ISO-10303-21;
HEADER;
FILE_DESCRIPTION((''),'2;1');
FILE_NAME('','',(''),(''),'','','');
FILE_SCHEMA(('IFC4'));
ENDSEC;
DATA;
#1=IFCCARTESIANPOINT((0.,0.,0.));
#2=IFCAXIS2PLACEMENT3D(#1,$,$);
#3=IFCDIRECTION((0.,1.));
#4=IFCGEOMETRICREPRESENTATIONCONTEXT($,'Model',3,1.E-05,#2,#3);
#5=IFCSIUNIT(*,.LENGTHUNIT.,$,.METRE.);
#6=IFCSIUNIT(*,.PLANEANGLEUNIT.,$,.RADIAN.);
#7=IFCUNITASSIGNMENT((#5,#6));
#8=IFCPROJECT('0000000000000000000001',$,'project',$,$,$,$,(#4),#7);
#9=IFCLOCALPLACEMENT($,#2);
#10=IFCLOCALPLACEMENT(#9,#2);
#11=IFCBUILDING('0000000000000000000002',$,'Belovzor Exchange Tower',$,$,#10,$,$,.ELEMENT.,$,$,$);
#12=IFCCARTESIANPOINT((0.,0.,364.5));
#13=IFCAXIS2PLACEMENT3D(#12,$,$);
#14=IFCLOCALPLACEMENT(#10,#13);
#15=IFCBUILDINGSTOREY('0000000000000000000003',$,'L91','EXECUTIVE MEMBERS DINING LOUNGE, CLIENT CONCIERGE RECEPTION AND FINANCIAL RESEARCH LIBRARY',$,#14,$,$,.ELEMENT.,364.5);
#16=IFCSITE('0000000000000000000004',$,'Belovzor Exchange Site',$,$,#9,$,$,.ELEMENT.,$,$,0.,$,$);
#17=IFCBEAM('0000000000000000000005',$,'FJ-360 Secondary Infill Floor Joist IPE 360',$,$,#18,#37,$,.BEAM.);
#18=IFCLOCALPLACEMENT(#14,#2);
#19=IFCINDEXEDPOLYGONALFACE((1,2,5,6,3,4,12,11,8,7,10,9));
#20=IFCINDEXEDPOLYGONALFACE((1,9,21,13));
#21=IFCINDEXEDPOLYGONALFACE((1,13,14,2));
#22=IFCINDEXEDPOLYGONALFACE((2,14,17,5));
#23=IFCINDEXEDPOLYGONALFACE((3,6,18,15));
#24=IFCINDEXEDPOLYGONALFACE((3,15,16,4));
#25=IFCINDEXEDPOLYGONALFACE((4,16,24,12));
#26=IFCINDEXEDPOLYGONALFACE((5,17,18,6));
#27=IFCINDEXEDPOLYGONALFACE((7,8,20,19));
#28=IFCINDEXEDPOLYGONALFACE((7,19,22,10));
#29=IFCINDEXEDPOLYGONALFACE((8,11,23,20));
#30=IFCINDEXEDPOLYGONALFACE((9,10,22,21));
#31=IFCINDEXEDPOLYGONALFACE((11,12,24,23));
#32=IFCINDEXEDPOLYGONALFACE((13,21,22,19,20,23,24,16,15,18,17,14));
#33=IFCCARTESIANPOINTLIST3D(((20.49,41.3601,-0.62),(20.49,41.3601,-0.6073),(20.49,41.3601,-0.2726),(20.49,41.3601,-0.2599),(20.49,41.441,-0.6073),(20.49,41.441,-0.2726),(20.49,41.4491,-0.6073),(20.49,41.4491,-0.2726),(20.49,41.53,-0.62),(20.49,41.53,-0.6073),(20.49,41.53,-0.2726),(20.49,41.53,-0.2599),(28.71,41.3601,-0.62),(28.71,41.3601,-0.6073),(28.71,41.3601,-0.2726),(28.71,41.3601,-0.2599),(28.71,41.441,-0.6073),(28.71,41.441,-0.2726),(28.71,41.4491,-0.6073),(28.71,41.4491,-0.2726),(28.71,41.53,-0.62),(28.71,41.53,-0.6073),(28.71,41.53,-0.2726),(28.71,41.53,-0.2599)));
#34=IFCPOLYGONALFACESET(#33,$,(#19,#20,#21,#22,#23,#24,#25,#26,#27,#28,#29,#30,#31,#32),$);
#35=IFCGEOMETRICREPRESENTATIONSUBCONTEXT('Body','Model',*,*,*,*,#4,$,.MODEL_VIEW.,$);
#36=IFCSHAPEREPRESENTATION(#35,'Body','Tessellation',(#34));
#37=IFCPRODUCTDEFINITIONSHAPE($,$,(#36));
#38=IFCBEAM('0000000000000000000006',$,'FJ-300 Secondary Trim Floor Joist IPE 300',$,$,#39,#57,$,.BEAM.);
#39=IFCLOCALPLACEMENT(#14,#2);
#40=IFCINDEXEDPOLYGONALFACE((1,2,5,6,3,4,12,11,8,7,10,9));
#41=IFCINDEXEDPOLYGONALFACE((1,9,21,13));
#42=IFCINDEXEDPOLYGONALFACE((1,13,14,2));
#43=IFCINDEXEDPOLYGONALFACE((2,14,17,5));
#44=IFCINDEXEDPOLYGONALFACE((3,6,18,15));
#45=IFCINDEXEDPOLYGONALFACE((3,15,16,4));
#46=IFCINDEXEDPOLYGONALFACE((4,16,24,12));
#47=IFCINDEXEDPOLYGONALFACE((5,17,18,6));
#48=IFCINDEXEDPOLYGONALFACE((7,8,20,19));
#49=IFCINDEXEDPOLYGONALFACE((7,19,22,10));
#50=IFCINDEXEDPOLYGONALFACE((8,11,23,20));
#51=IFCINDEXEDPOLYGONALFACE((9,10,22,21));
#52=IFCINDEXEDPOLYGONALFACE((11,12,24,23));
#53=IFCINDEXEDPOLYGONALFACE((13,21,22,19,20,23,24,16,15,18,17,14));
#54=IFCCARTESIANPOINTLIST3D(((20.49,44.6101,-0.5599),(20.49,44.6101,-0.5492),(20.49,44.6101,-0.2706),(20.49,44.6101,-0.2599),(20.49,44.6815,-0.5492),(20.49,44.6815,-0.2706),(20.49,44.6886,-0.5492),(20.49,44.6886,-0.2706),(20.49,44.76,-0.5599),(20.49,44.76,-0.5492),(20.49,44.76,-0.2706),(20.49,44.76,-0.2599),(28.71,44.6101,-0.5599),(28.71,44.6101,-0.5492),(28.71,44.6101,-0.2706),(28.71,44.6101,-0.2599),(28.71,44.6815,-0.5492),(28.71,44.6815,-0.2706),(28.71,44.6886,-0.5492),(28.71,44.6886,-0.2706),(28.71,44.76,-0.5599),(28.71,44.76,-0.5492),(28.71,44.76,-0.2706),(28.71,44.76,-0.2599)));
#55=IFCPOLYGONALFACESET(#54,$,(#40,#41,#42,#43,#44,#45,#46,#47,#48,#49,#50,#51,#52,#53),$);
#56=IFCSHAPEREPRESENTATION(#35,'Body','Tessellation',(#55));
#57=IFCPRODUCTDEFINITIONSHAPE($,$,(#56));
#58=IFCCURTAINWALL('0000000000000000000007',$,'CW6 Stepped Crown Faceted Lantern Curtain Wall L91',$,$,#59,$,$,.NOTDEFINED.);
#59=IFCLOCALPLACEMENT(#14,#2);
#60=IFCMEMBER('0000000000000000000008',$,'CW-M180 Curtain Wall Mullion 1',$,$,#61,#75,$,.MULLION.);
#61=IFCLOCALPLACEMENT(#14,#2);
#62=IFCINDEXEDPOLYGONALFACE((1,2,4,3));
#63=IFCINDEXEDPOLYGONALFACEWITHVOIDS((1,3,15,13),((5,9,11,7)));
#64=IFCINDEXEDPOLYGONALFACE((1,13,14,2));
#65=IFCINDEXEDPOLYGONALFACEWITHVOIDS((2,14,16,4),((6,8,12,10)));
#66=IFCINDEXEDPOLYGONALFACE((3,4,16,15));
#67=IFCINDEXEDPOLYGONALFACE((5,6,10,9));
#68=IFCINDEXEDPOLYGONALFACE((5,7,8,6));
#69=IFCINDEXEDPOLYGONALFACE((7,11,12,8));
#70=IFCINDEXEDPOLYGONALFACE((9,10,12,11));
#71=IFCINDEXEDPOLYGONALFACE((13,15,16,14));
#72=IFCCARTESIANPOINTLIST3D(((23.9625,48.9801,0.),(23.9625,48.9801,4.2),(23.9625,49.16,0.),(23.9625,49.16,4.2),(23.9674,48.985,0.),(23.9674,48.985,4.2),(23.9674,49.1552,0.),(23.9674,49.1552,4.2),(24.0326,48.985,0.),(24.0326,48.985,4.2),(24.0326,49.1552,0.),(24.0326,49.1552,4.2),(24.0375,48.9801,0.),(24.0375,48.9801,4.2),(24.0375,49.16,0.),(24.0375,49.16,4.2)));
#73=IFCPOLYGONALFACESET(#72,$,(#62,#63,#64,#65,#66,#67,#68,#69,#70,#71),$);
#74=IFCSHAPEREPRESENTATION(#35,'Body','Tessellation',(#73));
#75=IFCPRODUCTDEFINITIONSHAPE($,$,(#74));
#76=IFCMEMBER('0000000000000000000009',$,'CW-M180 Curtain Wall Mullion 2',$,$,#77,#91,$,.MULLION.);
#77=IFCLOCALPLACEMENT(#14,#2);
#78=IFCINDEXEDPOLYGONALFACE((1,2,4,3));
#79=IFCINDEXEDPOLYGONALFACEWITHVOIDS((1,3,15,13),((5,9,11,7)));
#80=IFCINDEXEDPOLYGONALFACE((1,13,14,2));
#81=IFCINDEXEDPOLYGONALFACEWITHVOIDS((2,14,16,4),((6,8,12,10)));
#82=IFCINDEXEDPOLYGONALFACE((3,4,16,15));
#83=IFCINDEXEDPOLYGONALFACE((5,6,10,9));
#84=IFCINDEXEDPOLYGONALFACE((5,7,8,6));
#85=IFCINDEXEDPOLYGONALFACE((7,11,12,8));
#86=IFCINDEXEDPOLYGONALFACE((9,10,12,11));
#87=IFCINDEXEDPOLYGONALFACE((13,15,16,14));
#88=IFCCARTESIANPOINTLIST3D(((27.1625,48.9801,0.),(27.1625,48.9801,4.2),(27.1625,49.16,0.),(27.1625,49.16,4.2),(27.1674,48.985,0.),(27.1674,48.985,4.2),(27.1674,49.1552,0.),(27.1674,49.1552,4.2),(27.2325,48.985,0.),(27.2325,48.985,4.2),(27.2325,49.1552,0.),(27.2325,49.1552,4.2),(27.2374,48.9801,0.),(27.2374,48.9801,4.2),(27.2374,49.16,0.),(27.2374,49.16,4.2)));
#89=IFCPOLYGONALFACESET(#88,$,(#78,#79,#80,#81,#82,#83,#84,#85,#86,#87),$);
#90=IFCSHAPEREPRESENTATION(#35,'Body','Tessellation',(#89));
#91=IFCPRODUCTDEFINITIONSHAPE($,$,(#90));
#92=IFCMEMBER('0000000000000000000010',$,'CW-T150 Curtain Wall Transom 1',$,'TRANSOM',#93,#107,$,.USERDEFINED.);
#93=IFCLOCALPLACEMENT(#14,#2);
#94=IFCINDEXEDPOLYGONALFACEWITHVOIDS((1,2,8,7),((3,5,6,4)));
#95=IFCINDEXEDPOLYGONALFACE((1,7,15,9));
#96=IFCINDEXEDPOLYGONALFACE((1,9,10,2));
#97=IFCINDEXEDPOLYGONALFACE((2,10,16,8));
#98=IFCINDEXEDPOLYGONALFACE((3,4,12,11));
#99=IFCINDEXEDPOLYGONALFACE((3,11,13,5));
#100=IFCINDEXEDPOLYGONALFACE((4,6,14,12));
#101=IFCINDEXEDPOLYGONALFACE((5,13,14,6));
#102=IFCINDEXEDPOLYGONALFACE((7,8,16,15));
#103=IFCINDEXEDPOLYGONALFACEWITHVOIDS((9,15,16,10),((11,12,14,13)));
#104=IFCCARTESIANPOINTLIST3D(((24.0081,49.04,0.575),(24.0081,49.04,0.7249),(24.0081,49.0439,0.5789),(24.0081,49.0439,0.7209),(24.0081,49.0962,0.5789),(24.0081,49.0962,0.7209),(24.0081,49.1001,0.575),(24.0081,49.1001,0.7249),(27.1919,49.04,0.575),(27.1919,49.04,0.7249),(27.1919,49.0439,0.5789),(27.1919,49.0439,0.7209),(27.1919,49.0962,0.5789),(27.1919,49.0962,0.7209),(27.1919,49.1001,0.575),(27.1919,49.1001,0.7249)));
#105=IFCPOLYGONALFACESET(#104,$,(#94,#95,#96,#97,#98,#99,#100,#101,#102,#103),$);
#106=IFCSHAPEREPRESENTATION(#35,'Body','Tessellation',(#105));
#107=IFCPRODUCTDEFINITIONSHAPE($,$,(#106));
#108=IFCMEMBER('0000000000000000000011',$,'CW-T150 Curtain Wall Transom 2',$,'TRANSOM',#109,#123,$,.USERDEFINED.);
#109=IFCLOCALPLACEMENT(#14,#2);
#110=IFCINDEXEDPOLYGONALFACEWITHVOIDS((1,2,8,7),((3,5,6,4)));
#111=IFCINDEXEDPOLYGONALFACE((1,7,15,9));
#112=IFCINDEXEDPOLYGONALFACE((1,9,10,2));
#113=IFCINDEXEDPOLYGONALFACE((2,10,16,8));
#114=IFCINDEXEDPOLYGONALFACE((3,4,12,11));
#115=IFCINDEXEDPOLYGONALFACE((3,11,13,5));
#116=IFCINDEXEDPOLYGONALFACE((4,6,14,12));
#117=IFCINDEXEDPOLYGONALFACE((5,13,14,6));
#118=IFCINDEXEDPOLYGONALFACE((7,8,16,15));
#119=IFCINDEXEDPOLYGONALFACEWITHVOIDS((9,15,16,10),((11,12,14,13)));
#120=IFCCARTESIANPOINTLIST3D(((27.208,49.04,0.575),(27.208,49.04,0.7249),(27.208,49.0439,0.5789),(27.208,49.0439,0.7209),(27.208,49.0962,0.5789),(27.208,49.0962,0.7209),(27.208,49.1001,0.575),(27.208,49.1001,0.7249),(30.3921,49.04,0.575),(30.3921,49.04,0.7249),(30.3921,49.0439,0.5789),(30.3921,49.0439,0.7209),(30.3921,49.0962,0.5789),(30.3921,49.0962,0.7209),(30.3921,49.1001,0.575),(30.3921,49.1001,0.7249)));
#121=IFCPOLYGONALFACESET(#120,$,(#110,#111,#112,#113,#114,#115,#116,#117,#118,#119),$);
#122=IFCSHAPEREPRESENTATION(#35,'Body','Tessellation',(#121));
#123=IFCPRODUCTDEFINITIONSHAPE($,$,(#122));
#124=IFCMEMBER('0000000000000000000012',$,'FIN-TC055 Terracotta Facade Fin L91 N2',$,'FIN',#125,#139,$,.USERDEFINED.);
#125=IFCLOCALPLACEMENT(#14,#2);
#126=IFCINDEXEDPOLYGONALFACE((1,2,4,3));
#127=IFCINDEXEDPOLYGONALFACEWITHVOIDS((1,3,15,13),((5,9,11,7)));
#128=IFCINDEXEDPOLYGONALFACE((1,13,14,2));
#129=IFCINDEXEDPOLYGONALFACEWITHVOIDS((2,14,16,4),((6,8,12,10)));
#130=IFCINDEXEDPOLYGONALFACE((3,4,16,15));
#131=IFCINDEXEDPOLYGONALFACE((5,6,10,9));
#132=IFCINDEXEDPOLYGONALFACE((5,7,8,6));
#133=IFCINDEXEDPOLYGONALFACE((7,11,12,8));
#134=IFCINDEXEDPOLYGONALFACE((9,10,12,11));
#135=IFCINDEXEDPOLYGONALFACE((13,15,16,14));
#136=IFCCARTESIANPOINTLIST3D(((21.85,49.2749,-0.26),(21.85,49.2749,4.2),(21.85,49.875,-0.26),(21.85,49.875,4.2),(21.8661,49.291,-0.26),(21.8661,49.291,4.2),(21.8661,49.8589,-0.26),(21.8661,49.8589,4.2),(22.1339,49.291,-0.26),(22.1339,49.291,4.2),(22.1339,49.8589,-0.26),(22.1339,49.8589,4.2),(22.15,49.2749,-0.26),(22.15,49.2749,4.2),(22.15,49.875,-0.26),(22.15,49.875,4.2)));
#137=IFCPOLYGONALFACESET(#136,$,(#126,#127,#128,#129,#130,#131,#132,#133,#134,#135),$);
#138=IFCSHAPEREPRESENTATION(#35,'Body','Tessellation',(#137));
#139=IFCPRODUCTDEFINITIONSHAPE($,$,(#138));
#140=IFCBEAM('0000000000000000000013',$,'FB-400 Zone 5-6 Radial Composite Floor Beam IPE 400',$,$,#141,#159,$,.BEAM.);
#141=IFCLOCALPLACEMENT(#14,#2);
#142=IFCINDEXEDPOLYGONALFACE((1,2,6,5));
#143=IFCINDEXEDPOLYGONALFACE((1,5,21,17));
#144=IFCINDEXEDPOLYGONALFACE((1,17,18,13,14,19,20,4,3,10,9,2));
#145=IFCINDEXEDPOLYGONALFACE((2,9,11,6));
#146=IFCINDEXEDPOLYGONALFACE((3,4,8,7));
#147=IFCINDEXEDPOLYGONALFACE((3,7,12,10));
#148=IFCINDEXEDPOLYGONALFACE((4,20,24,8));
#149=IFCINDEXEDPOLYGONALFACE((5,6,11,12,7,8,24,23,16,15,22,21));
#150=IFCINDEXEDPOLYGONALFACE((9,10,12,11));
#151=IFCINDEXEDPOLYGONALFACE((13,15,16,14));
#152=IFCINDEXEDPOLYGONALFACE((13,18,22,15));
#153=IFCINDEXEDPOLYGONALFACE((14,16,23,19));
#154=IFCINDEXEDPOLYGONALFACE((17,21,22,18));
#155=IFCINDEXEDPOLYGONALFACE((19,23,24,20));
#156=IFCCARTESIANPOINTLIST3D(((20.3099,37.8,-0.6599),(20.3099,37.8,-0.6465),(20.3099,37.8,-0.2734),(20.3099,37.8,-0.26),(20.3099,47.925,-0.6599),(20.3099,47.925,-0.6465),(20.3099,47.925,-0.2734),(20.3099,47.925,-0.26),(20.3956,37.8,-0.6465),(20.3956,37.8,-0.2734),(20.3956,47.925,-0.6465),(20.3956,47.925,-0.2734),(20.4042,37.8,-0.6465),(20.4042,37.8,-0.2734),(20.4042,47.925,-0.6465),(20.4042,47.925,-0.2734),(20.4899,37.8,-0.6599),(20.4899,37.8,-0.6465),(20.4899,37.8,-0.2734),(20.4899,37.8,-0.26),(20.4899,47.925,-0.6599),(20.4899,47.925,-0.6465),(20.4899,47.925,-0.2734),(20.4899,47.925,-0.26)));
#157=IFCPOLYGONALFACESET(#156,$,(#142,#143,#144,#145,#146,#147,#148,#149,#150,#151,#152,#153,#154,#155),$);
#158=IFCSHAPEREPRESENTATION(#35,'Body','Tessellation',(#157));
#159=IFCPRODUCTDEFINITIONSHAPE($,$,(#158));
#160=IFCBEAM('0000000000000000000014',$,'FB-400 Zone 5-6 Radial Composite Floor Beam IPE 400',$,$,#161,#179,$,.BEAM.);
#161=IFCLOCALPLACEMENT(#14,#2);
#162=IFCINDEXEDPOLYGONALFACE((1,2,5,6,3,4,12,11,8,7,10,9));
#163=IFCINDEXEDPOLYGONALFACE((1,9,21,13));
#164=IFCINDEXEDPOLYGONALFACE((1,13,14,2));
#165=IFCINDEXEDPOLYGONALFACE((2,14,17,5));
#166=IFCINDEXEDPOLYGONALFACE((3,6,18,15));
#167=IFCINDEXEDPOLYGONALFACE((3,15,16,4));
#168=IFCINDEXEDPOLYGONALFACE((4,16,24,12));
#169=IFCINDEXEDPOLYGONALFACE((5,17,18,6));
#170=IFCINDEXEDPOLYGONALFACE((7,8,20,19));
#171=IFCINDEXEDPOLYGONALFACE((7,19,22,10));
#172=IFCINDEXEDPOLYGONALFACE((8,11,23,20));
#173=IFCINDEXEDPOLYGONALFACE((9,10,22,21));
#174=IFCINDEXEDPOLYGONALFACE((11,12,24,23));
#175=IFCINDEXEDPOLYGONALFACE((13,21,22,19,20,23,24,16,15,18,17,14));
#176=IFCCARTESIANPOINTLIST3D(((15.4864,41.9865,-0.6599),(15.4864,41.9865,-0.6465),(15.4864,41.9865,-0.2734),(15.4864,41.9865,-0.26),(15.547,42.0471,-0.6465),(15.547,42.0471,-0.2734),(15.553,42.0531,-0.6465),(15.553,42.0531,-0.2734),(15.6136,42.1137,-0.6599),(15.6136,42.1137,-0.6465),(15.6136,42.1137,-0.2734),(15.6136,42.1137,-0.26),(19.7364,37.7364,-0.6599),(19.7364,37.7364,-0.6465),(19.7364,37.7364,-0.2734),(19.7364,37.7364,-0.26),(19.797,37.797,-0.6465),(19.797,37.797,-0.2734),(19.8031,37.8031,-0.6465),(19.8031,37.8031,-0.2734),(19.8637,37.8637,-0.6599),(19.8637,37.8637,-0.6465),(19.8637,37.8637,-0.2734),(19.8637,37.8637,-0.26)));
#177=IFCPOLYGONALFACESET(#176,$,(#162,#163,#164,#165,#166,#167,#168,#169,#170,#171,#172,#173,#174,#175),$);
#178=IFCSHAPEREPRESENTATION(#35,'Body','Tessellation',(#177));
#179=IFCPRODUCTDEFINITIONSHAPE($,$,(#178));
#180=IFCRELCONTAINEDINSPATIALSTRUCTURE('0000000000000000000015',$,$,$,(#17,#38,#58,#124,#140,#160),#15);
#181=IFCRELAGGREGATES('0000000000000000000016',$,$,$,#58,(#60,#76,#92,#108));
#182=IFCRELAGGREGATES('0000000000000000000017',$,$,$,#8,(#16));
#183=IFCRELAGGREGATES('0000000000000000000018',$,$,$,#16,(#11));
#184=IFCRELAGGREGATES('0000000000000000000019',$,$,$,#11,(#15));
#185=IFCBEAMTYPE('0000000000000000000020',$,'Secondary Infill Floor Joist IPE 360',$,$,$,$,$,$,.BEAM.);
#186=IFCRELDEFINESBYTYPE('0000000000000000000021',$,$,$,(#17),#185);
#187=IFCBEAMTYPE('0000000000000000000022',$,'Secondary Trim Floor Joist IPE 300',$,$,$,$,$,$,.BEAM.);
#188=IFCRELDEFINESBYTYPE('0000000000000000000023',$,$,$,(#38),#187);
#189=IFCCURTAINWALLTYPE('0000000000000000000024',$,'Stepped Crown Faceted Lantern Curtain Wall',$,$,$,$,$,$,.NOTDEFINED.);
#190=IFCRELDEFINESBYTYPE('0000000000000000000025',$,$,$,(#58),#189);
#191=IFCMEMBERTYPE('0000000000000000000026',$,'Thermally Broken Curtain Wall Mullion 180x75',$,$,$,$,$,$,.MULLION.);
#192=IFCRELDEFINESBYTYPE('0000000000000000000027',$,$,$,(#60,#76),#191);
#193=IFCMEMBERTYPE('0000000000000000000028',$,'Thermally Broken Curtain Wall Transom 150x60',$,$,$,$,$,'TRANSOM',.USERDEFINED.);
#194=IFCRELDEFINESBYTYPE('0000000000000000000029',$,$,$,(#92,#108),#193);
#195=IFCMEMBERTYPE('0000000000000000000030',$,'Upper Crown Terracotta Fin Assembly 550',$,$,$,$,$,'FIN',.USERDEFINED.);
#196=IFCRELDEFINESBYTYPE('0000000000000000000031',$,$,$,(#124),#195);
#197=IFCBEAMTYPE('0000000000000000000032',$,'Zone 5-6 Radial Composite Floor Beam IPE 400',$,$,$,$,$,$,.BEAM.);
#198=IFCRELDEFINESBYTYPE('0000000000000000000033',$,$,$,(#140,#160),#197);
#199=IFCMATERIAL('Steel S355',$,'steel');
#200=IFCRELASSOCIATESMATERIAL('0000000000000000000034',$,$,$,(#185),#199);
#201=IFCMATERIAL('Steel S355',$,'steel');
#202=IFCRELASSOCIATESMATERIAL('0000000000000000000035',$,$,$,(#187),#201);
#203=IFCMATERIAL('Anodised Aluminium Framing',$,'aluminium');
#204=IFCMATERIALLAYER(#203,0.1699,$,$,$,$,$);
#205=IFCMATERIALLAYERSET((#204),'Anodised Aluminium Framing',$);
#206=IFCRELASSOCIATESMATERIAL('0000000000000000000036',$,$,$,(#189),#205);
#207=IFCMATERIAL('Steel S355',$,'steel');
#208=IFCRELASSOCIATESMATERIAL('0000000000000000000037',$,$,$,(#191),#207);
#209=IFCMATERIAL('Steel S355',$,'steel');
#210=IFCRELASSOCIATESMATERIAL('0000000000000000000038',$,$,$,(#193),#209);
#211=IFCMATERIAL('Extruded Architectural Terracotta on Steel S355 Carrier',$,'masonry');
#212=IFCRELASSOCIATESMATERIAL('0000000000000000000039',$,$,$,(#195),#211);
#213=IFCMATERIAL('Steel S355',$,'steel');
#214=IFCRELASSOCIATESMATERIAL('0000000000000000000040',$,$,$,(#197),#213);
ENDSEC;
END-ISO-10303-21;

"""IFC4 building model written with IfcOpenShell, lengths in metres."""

from ifc_helpers import new_model, si_unit, direction, frame, origin, origin_2d, place, context, subcontext, project, spatial, hollow_rectangle, i_section, extrude, material, layer, layer_set, material_profile, profile_set, type_object, element, aggregate, save


model = new_model("IFC4")

# Units and contexts
model_context = context("Model", 3, precision=1e-05, world=origin(), true_north=direction((0.0, 1.0)))
body_context = subcontext(model_context, "Body", "Model", "MODEL_VIEW")
ifc_project = project(units=[si_unit("LENGTHUNIT", "METRE"), si_unit("PLANEANGLEUNIT", "RADIAN")], contexts=[model_context])

# Site, building, storey
site_placement = place(None, origin())
site = spatial("IfcSite", under=ifc_project, at=site_placement, Name="Belovzor Exchange Site", CompositionType="ELEMENT", RefElevation=0.0)
building_placement = place(site_placement, origin())
building = spatial("IfcBuilding", under=site, at=building_placement, Name="Belovzor Exchange Tower", CompositionType="ELEMENT")
storey_placement = place(building_placement, frame((0.0, 0.0, 364.5)))
storey = spatial("IfcBuildingStorey", under=building, at=storey_placement, Name="L91", Description="EXECUTIVE MEMBERS DINING LOUNGE, CLIENT CONCIERGE RECEPTION AND FINANCIAL RESEARCH LIBRARY", CompositionType="ELEMENT", Elevation=364.5)

# Beams
ifc_material_1 = material(Name="Steel S355", Category="steel")
ifc_material_profile_1 = material_profile(ifc_material_1, i_section(OverallWidth=0.1699, OverallDepth=0.3601, WebThickness=0.0081, FlangeThickness=0.0127, at=origin_2d()))
ifc_profile_set_1 = profile_set([ifc_material_profile_1], Name="Steel S355")
beam_type_1 = type_object("IfcBeamType", Name="Secondary Infill Floor Joist IPE 360", PredefinedType="BEAM", material=ifc_profile_set_1)
beam_1_placement = place(storey_placement, frame((20.49, 41.4451, -0.4399), z_axis=(1.0, 0.0, 0.0), x_axis=(0.0, 1.0, 0.0)))
element("IfcBeam", 1, at=beam_1_placement, inside=storey, type_object=beam_type_1, Name="FJ-360 Secondary Infill Floor Joist IPE 360", PredefinedType="BEAM", context=body_context, shape_type="SweptSolid", body=[
    extrude(i_section(OverallWidth=0.1699, OverallDepth=0.3601, WebThickness=0.0081, FlangeThickness=0.0127, at=origin_2d()), origin(), (0.0, 0.0, 1.0), 8.22),
])
ifc_material_2 = material(Name="Steel S355", Category="steel")
ifc_material_profile_2 = material_profile(ifc_material_2, i_section(OverallWidth=0.1499, OverallDepth=0.3, WebThickness=0.0071, FlangeThickness=0.0107, at=origin_2d()))
ifc_profile_set_2 = profile_set([ifc_material_profile_2], Name="Steel S355")
beam_type_2 = type_object("IfcBeamType", Name="Secondary Trim Floor Joist IPE 300", PredefinedType="BEAM", material=ifc_profile_set_2)
beam_2_placement = place(storey_placement, frame((20.49, 44.6851, -0.4099), z_axis=(1.0, 0.0, 0.0), x_axis=(0.0, 1.0, 0.0)))
element("IfcBeam", 2, at=beam_2_placement, inside=storey, type_object=beam_type_2, Name="FJ-300 Secondary Trim Floor Joist IPE 300", PredefinedType="BEAM", context=body_context, shape_type="SweptSolid", body=[
    extrude(i_section(OverallWidth=0.1499, OverallDepth=0.3, WebThickness=0.0071, FlangeThickness=0.0107, at=origin_2d()), origin(), (0.0, 0.0, 1.0), 8.22),
])

# Curtain wall, members
ifc_material_3 = material(Name="Anodised Aluminium Framing", Category="aluminium")
ifc_layer_1 = layer(ifc_material_3, 0.1699)
ifc_layer_set_1 = layer_set([ifc_layer_1], Name="Anodised Aluminium Framing")
curtain_wall_type = type_object("IfcCurtainWallType", Name="Stepped Crown Faceted Lantern Curtain Wall", PredefinedType="NOTDEFINED", material=ifc_layer_set_1)
curtain_wall_placement = place(storey_placement, origin())
curtain_wall = element("IfcCurtainWall", 3, at=curtain_wall_placement, inside=storey, type_object=curtain_wall_type, Name="CW6 Stepped Crown Faceted Lantern Curtain Wall L91", PredefinedType="NOTDEFINED")
ifc_material_4 = material(Name="Steel S355", Category="steel")
ifc_material_profile_3 = material_profile(ifc_material_4, hollow_rectangle(XDim=0.075, YDim=0.1799, WallThickness=0.0049, at=origin_2d()))
ifc_profile_set_3 = profile_set([ifc_material_profile_3], Name="Steel S355")
member_type_1 = type_object("IfcMemberType", Name="Thermally Broken Curtain Wall Mullion 180x75", PredefinedType="MULLION", material=ifc_profile_set_3)
member_1_placement = place(storey_placement, frame((24.0, 49.0701, 0.0), z_axis=(0.0, 0.0, 1.0), x_axis=(1.0, 0.0, 0.0)))
member_1 = element("IfcMember", 4, at=member_1_placement, type_object=member_type_1, Name="CW-M180 Curtain Wall Mullion 1", PredefinedType="MULLION", context=body_context, shape_type="SweptSolid", body=[
    extrude(hollow_rectangle(XDim=0.075, YDim=0.1799, WallThickness=0.0049, at=origin_2d()), origin(), (0.0, 0.0, 1.0), 4.2),
])
member_2_placement = place(storey_placement, frame((27.2, 49.0701, 0.0), z_axis=(0.0, 0.0, 1.0), x_axis=(1.0, 0.0, 0.0)))
member_2 = element("IfcMember", 5, at=member_2_placement, type_object=member_type_1, Name="CW-M180 Curtain Wall Mullion 2", PredefinedType="MULLION", context=body_context, shape_type="SweptSolid", body=[
    extrude(hollow_rectangle(XDim=0.075, YDim=0.1799, WallThickness=0.0049, at=origin_2d()), origin(), (0.0, 0.0, 1.0), 4.2),
])
ifc_material_5 = material(Name="Steel S355", Category="steel")
ifc_material_profile_4 = material_profile(ifc_material_5, hollow_rectangle(XDim=0.0601, YDim=0.1499, WallThickness=0.0039, at=origin_2d()))
ifc_profile_set_4 = profile_set([ifc_material_profile_4], Name="Steel S355")
member_type_2 = type_object("IfcMemberType", Name="Thermally Broken Curtain Wall Transom 150x60", ElementType="TRANSOM", PredefinedType="USERDEFINED", material=ifc_profile_set_4)
member_3_placement = place(storey_placement, frame((24.0081, 49.0701, 0.6499), z_axis=(1.0, 0.0, 0.0), x_axis=(0.0, 1.0, 0.0)))
member_3 = element("IfcMember", 6, at=member_3_placement, type_object=member_type_2, Name="CW-T150 Curtain Wall Transom 1", ObjectType="TRANSOM", PredefinedType="USERDEFINED", context=body_context, shape_type="SweptSolid", body=[
    extrude(hollow_rectangle(XDim=0.0601, YDim=0.1499, WallThickness=0.0039, at=origin_2d()), origin(), (0.0, 0.0, 1.0), 3.1838),
])
member_4_placement = place(storey_placement, frame((27.208, 49.0701, 0.6499), z_axis=(1.0, 0.0, 0.0), x_axis=(0.0, 1.0, 0.0)))
member_4 = element("IfcMember", 7, at=member_4_placement, type_object=member_type_2, Name="CW-T150 Curtain Wall Transom 2", ObjectType="TRANSOM", PredefinedType="USERDEFINED", context=body_context, shape_type="SweptSolid", body=[
    extrude(hollow_rectangle(XDim=0.0601, YDim=0.1499, WallThickness=0.0039, at=origin_2d()), origin(), (0.0, 0.0, 1.0), 3.1841),
])

# Member
ifc_material_6 = material(Name="Extruded Architectural Terracotta on Steel S355 Carrier", Category="masonry")
ifc_material_profile_5 = material_profile(ifc_material_6, hollow_rectangle(XDim=0.3, YDim=0.6001, WallThickness=0.0161, at=origin_2d()))
ifc_profile_set_5 = profile_set([ifc_material_profile_5], Name="Extruded Architectural Terracotta on Steel S355 Carrier")
member_type_3 = type_object("IfcMemberType", Name="Upper Crown Terracotta Fin Assembly 550", ElementType="FIN", PredefinedType="USERDEFINED", material=ifc_profile_set_5)
member_5_placement = place(storey_placement, frame((22.0, 49.575, -0.26), z_axis=(0.0, 0.0, 1.0), x_axis=(1.0, 0.0, 0.0)))
element("IfcMember", 8, at=member_5_placement, inside=storey, type_object=member_type_3, Name="FIN-TC055 Terracotta Facade Fin L91 N2", ObjectType="FIN", PredefinedType="USERDEFINED", context=body_context, shape_type="SweptSolid", body=[
    extrude(hollow_rectangle(XDim=0.3, YDim=0.6001, WallThickness=0.0161, at=origin_2d()), origin(), (0.0, 0.0, 1.0), 4.46),
])

# Beams
ifc_material_7 = material(Name="Steel S355", Category="steel")
ifc_material_profile_6 = material_profile(ifc_material_7, i_section(OverallWidth=0.1799, OverallDepth=0.3999, WebThickness=0.0085, FlangeThickness=0.0134, at=origin_2d()))
ifc_profile_set_6 = profile_set([ifc_material_profile_6], Name="Steel S355")
beam_type_3 = type_object("IfcBeamType", Name="Zone 5-6 Radial Composite Floor Beam IPE 400", PredefinedType="BEAM", material=ifc_profile_set_6)
beam_3_placement = place(storey_placement, frame((20.3999, 37.8, -0.46), z_axis=(0.0, 1.0, 0.0), x_axis=(-1.0, 0.0, 0.0)))
element("IfcBeam", 9, at=beam_3_placement, inside=storey, type_object=beam_type_3, Name="FB-400 Zone 5-6 Radial Composite Floor Beam IPE 400", PredefinedType="BEAM", context=body_context, shape_type="SweptSolid", body=[
    extrude(i_section(OverallWidth=0.1799, OverallDepth=0.3999, WebThickness=0.0085, FlangeThickness=0.0134, at=origin_2d()), origin(), (0.0, 0.0, 1.0), 10.125),
])
beam_4_placement = place(storey_placement, frame((19.8, 37.8, -0.46), z_axis=(-0.707107, 0.707107, 0.0), x_axis=(-0.707107, -0.707107, 0.0)))
element("IfcBeam", 10, at=beam_4_placement, inside=storey, type_object=beam_type_3, Name="FB-400 Zone 5-6 Radial Composite Floor Beam IPE 400", PredefinedType="BEAM", context=body_context, shape_type="SweptSolid", body=[
    extrude(i_section(OverallWidth=0.1799, OverallDepth=0.3999, WebThickness=0.0085, FlangeThickness=0.0134, at=origin_2d()), origin(), (0.0, 0.0, 1.0), 6.0105),
])

aggregate(curtain_wall, [member_1, member_2, member_3, member_4])

save(model, "model.ifc")
